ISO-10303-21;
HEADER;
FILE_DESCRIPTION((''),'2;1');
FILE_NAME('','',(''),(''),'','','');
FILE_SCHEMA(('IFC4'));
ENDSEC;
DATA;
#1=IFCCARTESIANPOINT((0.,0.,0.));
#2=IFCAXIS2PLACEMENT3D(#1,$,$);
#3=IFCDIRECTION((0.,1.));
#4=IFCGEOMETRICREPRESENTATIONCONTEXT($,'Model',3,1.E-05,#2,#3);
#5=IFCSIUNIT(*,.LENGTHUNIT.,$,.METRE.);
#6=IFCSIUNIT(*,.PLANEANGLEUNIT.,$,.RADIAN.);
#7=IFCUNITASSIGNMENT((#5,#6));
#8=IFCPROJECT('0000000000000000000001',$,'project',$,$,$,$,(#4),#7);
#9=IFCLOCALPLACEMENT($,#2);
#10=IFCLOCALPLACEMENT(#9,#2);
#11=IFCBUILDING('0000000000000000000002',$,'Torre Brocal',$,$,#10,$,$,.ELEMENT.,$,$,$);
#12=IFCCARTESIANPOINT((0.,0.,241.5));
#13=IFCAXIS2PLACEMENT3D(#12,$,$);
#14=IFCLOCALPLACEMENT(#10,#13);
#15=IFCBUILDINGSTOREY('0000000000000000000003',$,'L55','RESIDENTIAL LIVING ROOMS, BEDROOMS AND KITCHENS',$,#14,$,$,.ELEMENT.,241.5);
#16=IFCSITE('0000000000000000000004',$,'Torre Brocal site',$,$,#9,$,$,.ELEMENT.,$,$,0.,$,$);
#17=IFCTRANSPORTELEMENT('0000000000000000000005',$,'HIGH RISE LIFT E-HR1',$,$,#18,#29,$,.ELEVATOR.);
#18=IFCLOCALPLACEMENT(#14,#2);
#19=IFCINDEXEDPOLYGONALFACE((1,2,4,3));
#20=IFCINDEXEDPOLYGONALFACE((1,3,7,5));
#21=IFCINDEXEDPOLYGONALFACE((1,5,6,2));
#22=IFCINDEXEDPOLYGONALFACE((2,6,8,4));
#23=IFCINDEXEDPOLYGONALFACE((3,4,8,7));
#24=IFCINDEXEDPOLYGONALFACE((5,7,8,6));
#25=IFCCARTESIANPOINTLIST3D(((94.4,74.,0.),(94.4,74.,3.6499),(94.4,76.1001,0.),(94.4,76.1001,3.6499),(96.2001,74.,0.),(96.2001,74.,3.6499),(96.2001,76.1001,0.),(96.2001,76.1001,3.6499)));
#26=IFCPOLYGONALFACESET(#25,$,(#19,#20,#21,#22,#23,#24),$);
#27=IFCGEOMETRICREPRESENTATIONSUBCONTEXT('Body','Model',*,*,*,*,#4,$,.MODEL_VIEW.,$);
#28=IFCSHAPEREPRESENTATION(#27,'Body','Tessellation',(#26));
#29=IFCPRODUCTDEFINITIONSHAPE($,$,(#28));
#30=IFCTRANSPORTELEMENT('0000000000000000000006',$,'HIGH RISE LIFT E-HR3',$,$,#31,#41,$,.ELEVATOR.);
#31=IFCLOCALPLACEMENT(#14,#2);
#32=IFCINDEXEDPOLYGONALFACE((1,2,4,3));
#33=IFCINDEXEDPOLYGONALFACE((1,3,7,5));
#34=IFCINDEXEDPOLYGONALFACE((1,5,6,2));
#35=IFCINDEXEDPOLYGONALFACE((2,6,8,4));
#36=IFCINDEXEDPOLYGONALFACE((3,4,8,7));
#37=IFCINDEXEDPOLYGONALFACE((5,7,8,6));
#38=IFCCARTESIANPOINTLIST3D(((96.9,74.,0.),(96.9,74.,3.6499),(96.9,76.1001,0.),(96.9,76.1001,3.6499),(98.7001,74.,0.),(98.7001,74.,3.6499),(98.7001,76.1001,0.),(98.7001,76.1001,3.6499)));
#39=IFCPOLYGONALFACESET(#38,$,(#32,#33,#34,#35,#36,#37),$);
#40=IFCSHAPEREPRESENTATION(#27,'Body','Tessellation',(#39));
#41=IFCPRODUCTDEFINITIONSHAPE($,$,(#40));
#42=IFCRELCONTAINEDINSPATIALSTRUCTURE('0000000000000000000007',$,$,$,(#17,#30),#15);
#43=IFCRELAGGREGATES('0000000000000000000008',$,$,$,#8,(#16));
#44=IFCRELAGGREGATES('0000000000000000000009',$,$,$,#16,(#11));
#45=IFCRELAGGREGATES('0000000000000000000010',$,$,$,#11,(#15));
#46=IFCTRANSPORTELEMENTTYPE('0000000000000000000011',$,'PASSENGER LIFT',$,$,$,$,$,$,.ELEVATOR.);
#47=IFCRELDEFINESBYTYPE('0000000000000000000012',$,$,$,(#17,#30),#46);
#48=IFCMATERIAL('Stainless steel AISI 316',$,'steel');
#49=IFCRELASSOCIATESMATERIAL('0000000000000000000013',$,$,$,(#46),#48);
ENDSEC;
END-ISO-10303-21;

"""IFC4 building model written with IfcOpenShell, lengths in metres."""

from ifc_helpers import new_model, si_unit, direction, frame, origin, origin_2d, place, context, subcontext, project, spatial, rectangle, extrude, material, type_object, element, save


model = new_model("IFC4")

# Units and contexts
model_context = context("Model", 3, precision=1e-05, world=origin(), true_north=direction((0.0, 1.0)))
body_context = subcontext(model_context, "Body", "Model", "MODEL_VIEW")
ifc_project = project(units=[si_unit("LENGTHUNIT", "METRE"), si_unit("PLANEANGLEUNIT", "RADIAN")], contexts=[model_context])

# Site, building, storey
site_placement = place(None, origin())
site = spatial("IfcSite", under=ifc_project, at=site_placement, Name="Torre Brocal site", CompositionType="ELEMENT", RefElevation=0.0)
building_placement = place(site_placement, origin())
building = spatial("IfcBuilding", under=site, at=building_placement, Name="Torre Brocal", CompositionType="ELEMENT")
storey_placement = place(building_placement, frame((0.0, 0.0, 241.5)))
storey = spatial("IfcBuildingStorey", under=building, at=storey_placement, Name="L55", Description="RESIDENTIAL LIVING ROOMS, BEDROOMS AND KITCHENS", CompositionType="ELEMENT", Elevation=241.5)

# Transport elements
ifc_material_1 = material(Name="Stainless steel AISI 316", Category="steel")
transport_element_type = type_object("IfcTransportElementType", Name="PASSENGER LIFT", PredefinedType="ELEVATOR", material=ifc_material_1)
for number, where, z_axis, x_axis, name in (
    (1, (95.3, 75.05, 0.0), (0.0, 0.0, 1.0), (1.0, 0.0, 0.0), "HIGH RISE LIFT E-HR1"),
    (2, (97.8, 75.05, 0.0), (0.0, 0.0, 1.0), (1.0, 0.0, 0.0), "HIGH RISE LIFT E-HR3"),
):
    element("IfcTransportElement", number, at=place(storey_placement, frame(where, z_axis=z_axis, x_axis=x_axis)), inside=storey, type_object=transport_element_type, Name=name, PredefinedType="ELEVATOR", context=body_context, shape_type="SweptSolid", body=[
        extrude(rectangle(XDim=1.8, YDim=2.1001, at=origin_2d()), origin(), (0.0, 0.0, 1.0), 3.6499),
    ])

save(model, "model.ifc")
